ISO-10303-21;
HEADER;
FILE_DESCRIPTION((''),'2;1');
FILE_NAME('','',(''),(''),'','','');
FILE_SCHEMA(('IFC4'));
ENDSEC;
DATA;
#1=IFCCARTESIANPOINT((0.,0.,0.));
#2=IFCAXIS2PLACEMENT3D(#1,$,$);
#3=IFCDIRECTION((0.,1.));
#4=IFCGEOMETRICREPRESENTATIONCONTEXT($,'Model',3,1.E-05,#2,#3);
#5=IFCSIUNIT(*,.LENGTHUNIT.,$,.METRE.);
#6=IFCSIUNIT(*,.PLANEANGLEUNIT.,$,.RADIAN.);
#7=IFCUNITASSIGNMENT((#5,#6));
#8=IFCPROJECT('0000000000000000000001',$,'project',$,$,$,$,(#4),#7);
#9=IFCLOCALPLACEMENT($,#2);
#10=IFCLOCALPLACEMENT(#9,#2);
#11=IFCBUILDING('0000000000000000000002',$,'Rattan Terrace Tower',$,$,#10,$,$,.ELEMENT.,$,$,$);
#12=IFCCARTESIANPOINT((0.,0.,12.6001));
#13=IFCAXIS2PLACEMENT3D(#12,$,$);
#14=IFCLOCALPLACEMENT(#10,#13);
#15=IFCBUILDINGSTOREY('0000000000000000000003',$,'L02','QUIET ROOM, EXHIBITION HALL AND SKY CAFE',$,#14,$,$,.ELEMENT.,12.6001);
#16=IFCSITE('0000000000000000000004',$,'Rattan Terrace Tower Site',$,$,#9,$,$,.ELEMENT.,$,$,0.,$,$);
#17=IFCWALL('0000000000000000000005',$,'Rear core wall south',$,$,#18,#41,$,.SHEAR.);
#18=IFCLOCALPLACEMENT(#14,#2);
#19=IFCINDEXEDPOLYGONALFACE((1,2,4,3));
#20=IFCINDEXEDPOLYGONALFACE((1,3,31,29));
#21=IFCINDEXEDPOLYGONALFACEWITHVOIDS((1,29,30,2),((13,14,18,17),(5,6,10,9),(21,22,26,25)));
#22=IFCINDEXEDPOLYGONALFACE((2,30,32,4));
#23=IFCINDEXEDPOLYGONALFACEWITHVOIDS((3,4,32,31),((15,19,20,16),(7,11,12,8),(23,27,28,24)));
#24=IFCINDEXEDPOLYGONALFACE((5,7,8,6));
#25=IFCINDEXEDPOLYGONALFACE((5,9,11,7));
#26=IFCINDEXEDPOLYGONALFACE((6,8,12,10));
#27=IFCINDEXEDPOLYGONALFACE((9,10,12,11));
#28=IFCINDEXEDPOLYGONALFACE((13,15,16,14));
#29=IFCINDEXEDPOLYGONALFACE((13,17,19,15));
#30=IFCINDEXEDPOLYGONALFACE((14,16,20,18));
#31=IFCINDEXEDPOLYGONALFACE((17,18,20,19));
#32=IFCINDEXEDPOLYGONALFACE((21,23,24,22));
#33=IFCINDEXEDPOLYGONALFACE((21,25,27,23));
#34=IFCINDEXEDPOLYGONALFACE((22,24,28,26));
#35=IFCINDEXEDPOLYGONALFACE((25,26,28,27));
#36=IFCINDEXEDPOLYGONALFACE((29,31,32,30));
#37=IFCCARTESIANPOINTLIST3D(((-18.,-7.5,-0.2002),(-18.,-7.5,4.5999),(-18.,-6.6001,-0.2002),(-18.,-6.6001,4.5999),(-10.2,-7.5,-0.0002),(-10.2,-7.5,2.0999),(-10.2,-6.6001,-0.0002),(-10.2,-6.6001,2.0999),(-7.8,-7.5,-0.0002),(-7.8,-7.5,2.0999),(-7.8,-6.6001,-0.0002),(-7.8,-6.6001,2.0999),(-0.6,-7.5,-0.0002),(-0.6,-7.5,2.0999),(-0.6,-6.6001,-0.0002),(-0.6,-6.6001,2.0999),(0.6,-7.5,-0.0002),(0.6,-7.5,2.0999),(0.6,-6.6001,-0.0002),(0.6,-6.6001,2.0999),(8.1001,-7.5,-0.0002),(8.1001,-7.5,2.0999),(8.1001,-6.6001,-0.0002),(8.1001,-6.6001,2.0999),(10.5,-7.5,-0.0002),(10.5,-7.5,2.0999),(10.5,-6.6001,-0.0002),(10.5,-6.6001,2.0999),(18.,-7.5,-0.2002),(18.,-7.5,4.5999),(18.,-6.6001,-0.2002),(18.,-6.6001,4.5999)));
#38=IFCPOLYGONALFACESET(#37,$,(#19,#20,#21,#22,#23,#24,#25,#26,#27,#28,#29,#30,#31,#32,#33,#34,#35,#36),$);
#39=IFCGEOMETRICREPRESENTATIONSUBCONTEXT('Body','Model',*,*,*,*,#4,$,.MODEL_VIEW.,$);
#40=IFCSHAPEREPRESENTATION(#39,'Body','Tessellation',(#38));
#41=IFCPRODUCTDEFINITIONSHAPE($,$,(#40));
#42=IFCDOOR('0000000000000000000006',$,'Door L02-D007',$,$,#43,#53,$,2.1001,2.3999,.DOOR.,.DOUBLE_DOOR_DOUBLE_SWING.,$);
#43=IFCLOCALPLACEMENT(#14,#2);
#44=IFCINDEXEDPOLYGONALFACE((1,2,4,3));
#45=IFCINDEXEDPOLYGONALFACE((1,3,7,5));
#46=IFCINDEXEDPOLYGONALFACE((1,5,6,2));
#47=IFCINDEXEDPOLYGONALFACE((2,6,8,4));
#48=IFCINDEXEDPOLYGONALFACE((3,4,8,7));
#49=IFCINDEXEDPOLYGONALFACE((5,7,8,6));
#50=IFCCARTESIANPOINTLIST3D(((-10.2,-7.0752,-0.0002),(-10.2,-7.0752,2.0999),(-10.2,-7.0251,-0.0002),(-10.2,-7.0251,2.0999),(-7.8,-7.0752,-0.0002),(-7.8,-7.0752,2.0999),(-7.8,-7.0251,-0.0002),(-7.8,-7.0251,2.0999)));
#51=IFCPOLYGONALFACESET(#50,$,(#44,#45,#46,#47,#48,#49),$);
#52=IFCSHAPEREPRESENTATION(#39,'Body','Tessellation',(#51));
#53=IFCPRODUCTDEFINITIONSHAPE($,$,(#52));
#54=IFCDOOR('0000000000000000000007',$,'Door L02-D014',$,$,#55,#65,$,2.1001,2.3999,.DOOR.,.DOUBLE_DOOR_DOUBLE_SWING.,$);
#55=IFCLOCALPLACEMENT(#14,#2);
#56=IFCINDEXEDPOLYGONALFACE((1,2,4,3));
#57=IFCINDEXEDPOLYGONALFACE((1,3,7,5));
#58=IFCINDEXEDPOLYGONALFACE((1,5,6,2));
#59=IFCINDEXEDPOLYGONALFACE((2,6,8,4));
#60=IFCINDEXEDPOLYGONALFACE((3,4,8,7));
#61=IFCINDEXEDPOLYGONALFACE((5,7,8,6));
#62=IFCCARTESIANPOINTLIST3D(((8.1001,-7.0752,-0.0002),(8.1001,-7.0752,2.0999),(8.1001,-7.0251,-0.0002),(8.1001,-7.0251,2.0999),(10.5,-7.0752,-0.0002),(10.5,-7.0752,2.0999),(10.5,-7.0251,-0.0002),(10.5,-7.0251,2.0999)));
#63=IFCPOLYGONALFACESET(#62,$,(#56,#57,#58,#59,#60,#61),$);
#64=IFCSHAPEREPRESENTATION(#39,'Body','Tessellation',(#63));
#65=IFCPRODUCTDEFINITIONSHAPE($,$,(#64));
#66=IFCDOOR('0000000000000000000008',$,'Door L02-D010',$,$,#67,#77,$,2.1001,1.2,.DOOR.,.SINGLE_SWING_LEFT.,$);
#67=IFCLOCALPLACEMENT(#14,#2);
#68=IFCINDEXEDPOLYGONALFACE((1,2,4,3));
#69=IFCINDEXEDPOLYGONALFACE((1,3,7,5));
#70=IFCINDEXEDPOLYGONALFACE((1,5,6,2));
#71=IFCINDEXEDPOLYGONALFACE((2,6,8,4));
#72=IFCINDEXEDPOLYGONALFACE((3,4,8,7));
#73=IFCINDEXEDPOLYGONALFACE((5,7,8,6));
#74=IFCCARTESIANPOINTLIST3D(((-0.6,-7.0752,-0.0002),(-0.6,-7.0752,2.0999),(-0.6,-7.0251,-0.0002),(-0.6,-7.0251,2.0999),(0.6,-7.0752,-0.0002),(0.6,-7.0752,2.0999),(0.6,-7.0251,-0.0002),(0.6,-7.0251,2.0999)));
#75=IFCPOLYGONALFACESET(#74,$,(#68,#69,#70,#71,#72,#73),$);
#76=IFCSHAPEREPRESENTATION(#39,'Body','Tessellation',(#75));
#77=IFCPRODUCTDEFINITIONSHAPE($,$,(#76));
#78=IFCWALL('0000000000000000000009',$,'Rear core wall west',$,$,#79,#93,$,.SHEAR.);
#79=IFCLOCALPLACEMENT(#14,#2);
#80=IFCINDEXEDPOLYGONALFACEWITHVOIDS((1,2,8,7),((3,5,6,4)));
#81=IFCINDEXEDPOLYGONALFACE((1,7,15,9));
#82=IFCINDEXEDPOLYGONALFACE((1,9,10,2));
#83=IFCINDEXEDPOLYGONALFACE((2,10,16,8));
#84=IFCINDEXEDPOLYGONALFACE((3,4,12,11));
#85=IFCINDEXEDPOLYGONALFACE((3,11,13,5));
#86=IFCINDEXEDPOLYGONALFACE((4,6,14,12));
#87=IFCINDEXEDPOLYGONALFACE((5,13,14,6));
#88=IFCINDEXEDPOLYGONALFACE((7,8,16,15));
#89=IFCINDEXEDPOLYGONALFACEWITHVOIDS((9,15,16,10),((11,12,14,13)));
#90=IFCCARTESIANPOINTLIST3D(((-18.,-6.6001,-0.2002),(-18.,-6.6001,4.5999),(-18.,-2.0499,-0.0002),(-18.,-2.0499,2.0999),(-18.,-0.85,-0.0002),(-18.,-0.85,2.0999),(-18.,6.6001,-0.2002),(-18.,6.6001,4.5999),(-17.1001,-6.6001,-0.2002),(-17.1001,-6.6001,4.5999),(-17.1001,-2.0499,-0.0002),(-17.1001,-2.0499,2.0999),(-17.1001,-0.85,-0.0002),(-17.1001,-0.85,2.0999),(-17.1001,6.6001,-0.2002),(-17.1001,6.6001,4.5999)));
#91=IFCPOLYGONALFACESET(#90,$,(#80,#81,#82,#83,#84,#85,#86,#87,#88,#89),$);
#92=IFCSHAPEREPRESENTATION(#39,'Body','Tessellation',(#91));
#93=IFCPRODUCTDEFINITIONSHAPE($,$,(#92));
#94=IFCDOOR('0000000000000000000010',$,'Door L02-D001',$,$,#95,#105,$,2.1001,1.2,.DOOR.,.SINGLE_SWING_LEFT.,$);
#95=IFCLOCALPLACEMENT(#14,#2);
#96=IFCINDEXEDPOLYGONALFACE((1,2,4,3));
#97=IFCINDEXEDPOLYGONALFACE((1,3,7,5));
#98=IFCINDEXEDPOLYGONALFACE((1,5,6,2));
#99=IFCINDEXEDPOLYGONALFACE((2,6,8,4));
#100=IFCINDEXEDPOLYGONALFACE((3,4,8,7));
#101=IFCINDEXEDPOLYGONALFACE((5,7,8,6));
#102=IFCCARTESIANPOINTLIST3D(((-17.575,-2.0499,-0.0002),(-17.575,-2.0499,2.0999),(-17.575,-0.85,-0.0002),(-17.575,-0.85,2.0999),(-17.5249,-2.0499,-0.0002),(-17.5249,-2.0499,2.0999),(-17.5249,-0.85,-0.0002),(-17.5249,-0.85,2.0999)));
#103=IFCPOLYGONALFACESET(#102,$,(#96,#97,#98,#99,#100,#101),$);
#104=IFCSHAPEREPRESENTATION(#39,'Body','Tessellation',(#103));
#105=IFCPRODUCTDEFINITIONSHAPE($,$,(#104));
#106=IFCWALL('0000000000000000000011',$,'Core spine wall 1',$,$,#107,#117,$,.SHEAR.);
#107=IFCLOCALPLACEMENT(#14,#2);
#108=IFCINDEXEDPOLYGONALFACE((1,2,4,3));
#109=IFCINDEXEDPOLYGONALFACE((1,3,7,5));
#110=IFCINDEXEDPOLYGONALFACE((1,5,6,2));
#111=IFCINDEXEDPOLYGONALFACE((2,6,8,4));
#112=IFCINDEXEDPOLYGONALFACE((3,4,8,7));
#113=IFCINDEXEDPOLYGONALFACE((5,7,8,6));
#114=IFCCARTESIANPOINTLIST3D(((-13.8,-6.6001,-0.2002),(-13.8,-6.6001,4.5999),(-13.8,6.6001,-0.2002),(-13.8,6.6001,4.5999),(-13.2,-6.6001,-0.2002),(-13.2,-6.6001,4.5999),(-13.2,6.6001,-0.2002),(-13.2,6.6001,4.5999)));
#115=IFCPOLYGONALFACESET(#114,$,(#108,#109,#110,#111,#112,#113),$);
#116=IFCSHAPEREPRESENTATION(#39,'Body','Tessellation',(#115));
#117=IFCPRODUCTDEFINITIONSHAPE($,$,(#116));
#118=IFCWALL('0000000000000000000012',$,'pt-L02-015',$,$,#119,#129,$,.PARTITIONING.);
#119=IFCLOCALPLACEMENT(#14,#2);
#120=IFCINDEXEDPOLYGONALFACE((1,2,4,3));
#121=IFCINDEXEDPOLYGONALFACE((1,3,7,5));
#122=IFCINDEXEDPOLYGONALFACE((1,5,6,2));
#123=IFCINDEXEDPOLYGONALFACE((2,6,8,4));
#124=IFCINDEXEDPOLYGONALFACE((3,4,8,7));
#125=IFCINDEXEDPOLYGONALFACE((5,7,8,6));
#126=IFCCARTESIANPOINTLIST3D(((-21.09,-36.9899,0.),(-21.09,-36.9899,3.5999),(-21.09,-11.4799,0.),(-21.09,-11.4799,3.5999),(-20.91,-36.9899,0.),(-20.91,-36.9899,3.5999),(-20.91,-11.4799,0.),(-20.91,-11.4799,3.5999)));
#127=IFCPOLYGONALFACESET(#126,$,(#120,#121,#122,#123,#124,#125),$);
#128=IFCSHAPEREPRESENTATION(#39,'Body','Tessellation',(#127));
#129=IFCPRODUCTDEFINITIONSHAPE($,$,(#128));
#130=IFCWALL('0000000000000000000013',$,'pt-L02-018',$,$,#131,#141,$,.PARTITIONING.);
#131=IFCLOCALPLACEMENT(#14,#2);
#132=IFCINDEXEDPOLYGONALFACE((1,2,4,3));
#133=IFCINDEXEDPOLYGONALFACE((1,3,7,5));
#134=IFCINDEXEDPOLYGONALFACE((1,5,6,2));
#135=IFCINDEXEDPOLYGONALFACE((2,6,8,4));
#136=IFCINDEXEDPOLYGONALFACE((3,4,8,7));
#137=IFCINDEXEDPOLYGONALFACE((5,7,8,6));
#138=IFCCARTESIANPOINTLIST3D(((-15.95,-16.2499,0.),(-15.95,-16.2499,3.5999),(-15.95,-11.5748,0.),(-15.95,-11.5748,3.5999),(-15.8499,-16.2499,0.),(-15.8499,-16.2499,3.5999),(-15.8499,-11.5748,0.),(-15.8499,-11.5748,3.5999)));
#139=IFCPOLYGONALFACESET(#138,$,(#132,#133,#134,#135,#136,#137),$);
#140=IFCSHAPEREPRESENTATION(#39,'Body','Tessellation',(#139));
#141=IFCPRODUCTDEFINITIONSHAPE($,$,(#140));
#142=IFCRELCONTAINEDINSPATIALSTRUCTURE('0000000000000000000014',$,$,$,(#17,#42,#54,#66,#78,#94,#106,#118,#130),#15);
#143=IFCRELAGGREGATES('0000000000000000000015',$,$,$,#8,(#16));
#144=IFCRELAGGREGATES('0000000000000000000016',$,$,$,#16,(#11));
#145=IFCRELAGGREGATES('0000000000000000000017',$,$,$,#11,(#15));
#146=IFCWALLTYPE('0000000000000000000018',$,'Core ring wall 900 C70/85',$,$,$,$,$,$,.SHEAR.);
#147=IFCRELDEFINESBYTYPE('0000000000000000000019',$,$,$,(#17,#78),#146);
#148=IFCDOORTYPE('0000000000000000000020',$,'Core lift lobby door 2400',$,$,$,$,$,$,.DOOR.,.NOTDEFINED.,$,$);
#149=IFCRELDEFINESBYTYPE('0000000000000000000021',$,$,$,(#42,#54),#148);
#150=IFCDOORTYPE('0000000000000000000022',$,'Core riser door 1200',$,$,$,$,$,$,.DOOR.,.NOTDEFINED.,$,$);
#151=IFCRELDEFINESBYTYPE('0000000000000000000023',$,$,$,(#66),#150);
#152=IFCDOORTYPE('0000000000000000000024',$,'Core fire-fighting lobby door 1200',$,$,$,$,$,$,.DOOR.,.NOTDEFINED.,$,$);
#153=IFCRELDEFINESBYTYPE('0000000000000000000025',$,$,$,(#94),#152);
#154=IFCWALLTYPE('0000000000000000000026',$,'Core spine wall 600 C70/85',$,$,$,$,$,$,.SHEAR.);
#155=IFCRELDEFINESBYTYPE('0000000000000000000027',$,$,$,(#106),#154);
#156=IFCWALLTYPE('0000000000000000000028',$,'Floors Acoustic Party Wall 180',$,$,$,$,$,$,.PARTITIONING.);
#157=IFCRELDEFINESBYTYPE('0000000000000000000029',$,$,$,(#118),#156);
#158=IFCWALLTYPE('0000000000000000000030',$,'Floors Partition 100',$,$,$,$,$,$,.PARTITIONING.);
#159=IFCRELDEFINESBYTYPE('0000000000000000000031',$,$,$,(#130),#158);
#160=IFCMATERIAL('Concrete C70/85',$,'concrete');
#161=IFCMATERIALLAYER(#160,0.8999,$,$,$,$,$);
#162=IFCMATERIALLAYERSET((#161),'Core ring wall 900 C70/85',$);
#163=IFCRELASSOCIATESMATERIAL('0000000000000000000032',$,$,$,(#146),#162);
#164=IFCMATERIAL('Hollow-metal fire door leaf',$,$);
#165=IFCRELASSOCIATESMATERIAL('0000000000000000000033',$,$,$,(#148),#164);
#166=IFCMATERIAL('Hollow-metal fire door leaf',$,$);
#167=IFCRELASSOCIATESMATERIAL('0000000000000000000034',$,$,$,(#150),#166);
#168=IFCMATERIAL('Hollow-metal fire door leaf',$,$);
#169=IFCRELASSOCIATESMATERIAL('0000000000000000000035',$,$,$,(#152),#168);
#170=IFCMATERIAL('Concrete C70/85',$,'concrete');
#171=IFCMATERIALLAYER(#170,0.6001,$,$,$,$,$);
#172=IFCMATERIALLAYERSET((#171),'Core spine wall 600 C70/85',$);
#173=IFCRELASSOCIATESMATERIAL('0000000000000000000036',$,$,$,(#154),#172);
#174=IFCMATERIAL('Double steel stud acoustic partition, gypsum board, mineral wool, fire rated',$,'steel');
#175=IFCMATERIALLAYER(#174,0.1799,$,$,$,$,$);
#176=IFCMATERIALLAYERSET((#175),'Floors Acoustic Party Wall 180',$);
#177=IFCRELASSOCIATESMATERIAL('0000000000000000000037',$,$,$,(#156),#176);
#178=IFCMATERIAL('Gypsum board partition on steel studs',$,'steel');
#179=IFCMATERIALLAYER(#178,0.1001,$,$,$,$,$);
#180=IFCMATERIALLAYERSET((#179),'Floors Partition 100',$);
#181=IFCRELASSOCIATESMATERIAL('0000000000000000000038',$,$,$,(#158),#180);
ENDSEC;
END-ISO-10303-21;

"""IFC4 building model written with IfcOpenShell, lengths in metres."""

from ifc_helpers import new_model, si_unit, direction, frame, frame_2d, origin, place, context, subcontext, project, spatial, rectangle, extrude, material, layer, layer_set, type_object, element, fill, save


model = new_model("IFC4")

# Units and contexts
model_context = context("Model", 3, precision=1e-05, world=origin(), true_north=direction((0.0, 1.0)))
body_context = subcontext(model_context, "Body", "Model", "MODEL_VIEW")
ifc_project = project(units=[si_unit("LENGTHUNIT", "METRE"), si_unit("PLANEANGLEUNIT", "RADIAN")], contexts=[model_context])

# Site, building, storey
site_placement = place(None, origin())
site = spatial("IfcSite", under=ifc_project, at=site_placement, Name="Rattan Terrace Tower Site", CompositionType="ELEMENT", RefElevation=0.0)
building_placement = place(site_placement, origin())
building = spatial("IfcBuilding", under=site, at=building_placement, Name="Rattan Terrace Tower", CompositionType="ELEMENT")
storey_placement = place(building_placement, frame((0.0, 0.0, 12.6001)))
storey = spatial("IfcBuildingStorey", under=building, at=storey_placement, Name="L02", Description="QUIET ROOM, EXHIBITION HALL AND SKY CAFE", CompositionType="ELEMENT", Elevation=12.6001)

# Wall, openings, doors
ifc_material_1 = material(Name="Concrete C70/85", Category="concrete")
ifc_layer_1 = layer(ifc_material_1, 0.8999)
ifc_layer_set_1 = layer_set([ifc_layer_1], Name="Core ring wall 900 C70/85")
wall_type_1 = type_object("IfcWallType", Name="Core ring wall 900 C70/85", PredefinedType="SHEAR", material=ifc_layer_set_1)
wall_1_placement = place(storey_placement, frame((-18.0, -7.05, -0.2002), z_axis=(0.0, 0.0, 1.0), x_axis=(1.0, 0.0, 0.0)))
wall_1 = element("IfcWall", 1, at=wall_1_placement, inside=storey, type_object=wall_type_1, Name="Rear core wall south", PredefinedType="SHEAR", context=body_context, shape_type="SweptSolid", body=[
    extrude(rectangle(XDim=36.0, YDim=0.8999, at=frame_2d((18.0, 0.0))), origin(), (0.0, 0.0, 1.0), 4.8),
])
opening_1_placement = place(wall_1_placement, frame((7.8, 0.0, 0.2)))
opening_1 = element("IfcOpeningElement", 2, at=opening_1_placement, cuts=wall_1, PredefinedType="OPENING", context=body_context, shape_type="SweptSolid", body=[
    extrude(rectangle(XDim=2.3999, YDim=2.1001, at=frame_2d((1.2, 1.05))), frame((0.0, 0.4604, 0.0), z_axis=(0.0, -1.0, 0.0), x_axis=(1.0, 0.0, 0.0)), (0.0, 0.0, 1.0), 0.9209),
])
opening_2_placement = place(wall_1_placement, frame((17.3999, 0.0, 0.2)))
opening_2 = element("IfcOpeningElement", 3, at=opening_2_placement, cuts=wall_1, PredefinedType="OPENING", context=body_context, shape_type="SweptSolid", body=[
    extrude(rectangle(XDim=1.2, YDim=2.1001, at=frame_2d((0.6001, 1.05))), frame((0.0, 0.4604, 0.0), z_axis=(0.0, -1.0, 0.0), x_axis=(1.0, 0.0, 0.0)), (0.0, 0.0, 1.0), 0.9209),
])
opening_3_placement = place(wall_1_placement, frame((26.1001, 0.0, 0.2)))
opening_3 = element("IfcOpeningElement", 4, at=opening_3_placement, cuts=wall_1, PredefinedType="OPENING", context=body_context, shape_type="SweptSolid", body=[
    extrude(rectangle(XDim=2.3999, YDim=2.1001, at=frame_2d((1.2, 1.05))), frame((0.0, 0.4604, 0.0), z_axis=(0.0, -1.0, 0.0), x_axis=(1.0, 0.0, 0.0)), (0.0, 0.0, 1.0), 0.9209),
])
ifc_material_2 = material(Name="Hollow-metal fire door leaf")
door_type_1 = type_object("IfcDoorType", Name="Core lift lobby door 2400", OperationType="NOTDEFINED", PredefinedType="DOOR", material=ifc_material_2)
door_1_placement = place(opening_1_placement, origin())
door_1 = element("IfcDoor", 5, at=door_1_placement, inside=storey, type_object=door_type_1, Name="Door L02-D007", OperationType="DOUBLE_DOOR_DOUBLE_SWING", OverallHeight=2.1001, OverallWidth=2.3999, PredefinedType="DOOR", context=body_context, shape_type="SweptSolid", body=[
    extrude(rectangle(XDim=2.3999, YDim=2.1001, at=frame_2d((1.2, 1.05))), frame((0.0, 0.0249, 0.0), z_axis=(0.0, -1.0, 0.0), x_axis=(1.0, 0.0, 0.0)), (0.0, 0.0, 1.0), 0.05),
])
fill(opening_1, door_1)
door_2_placement = place(opening_3_placement, origin())
door_2 = element("IfcDoor", 6, at=door_2_placement, inside=storey, type_object=door_type_1, Name="Door L02-D014", OperationType="DOUBLE_DOOR_DOUBLE_SWING", OverallHeight=2.1001, OverallWidth=2.3999, PredefinedType="DOOR", context=body_context, shape_type="SweptSolid", body=[
    extrude(rectangle(XDim=2.3999, YDim=2.1001, at=frame_2d((1.2, 1.05))), frame((0.0, 0.0249, 0.0), z_axis=(0.0, -1.0, 0.0), x_axis=(1.0, 0.0, 0.0)), (0.0, 0.0, 1.0), 0.05),
])
fill(opening_3, door_2)
ifc_material_3 = material(Name="Hollow-metal fire door leaf")
door_type_2 = type_object("IfcDoorType", Name="Core riser door 1200", OperationType="NOTDEFINED", PredefinedType="DOOR", material=ifc_material_3)
door_3_placement = place(opening_2_placement, origin())
door_3 = element("IfcDoor", 7, at=door_3_placement, inside=storey, type_object=door_type_2, Name="Door L02-D010", OperationType="SINGLE_SWING_LEFT", OverallHeight=2.1001, OverallWidth=1.2, PredefinedType="DOOR", context=body_context, shape_type="SweptSolid", body=[
    extrude(rectangle(XDim=1.2, YDim=2.1001, at=frame_2d((0.6001, 1.05))), frame((0.0, 0.0249, 0.0), z_axis=(0.0, -1.0, 0.0), x_axis=(1.0, 0.0, 0.0)), (0.0, 0.0, 1.0), 0.05),
])
fill(opening_2, door_3)

# Wall, opening, door
wall_2_placement = place(storey_placement, frame((-17.55, -6.6001, -0.2002), z_axis=(0.0, 0.0, 1.0), x_axis=(0.0, 1.0, 0.0)))
wall_2 = element("IfcWall", 8, at=wall_2_placement, inside=storey, type_object=wall_type_1, Name="Rear core wall west", PredefinedType="SHEAR", context=body_context, shape_type="SweptSolid", body=[
    extrude(rectangle(XDim=13.2002, YDim=0.8999, at=frame_2d((6.6001, 0.0))), origin(), (0.0, 0.0, 1.0), 4.8),
])
opening_4_placement = place(wall_2_placement, frame((4.55, 0.0, 0.2)))
opening_4 = element("IfcOpeningElement", 9, at=opening_4_placement, cuts=wall_2, PredefinedType="OPENING", context=body_context, shape_type="SweptSolid", body=[
    extrude(rectangle(XDim=1.2, YDim=2.1001, at=frame_2d((0.6001, 1.05))), frame((0.0, 0.4604, 0.0), z_axis=(0.0, -1.0, 0.0), x_axis=(1.0, 0.0, 0.0)), (0.0, 0.0, 1.0), 0.9209),
])
ifc_material_4 = material(Name="Hollow-metal fire door leaf")
door_type_3 = type_object("IfcDoorType", Name="Core fire-fighting lobby door 1200", OperationType="NOTDEFINED", PredefinedType="DOOR", material=ifc_material_4)
door_4_placement = place(opening_4_placement, origin())
door_4 = element("IfcDoor", 10, at=door_4_placement, inside=storey, type_object=door_type_3, Name="Door L02-D001", OperationType="SINGLE_SWING_LEFT", OverallHeight=2.1001, OverallWidth=1.2, PredefinedType="DOOR", context=body_context, shape_type="SweptSolid", body=[
    extrude(rectangle(XDim=1.2, YDim=2.1001, at=frame_2d((0.6001, 1.05))), frame((0.0, 0.0249, 0.0), z_axis=(0.0, -1.0, 0.0), x_axis=(1.0, 0.0, 0.0)), (0.0, 0.0, 1.0), 0.05),
])
fill(opening_4, door_4)

# Walls
ifc_material_5 = material(Name="Concrete C70/85", Category="concrete")
ifc_layer_2 = layer(ifc_material_5, 0.6001)
ifc_layer_set_2 = layer_set([ifc_layer_2], Name="Core spine wall 600 C70/85")
wall_type_2 = type_object("IfcWallType", Name="Core spine wall 600 C70/85", PredefinedType="SHEAR", material=ifc_layer_set_2)
wall_3_placement = place(storey_placement, frame((-13.5, -6.6001, -0.2002), z_axis=(0.0, 0.0, 1.0), x_axis=(0.0, 1.0, 0.0)))
element("IfcWall", 11, at=wall_3_placement, inside=storey, type_object=wall_type_2, Name="Core spine wall 1", PredefinedType="SHEAR", context=body_context, shape_type="SweptSolid", body=[
    extrude(rectangle(XDim=13.2002, YDim=0.6001, at=frame_2d((6.6001, 0.0))), origin(), (0.0, 0.0, 1.0), 4.8),
])
ifc_material_6 = material(Name="Double steel stud acoustic partition, gypsum board, mineral wool, fire rated", Category="steel")
ifc_layer_3 = layer(ifc_material_6, 0.1799)
ifc_layer_set_3 = layer_set([ifc_layer_3], Name="Floors Acoustic Party Wall 180")
wall_type_3 = type_object("IfcWallType", Name="Floors Acoustic Party Wall 180", PredefinedType="PARTITIONING", material=ifc_layer_set_3)
wall_4_placement = place(storey_placement, frame((-21.0, -11.48, 0.0), z_axis=(0.0, 0.0, 1.0), x_axis=(0.0, -1.0, 0.0)))
element("IfcWall", 12, at=wall_4_placement, inside=storey, type_object=wall_type_3, Name="pt-L02-015", PredefinedType="PARTITIONING", context=body_context, shape_type="SweptSolid", body=[
    extrude(rectangle(XDim=25.51, YDim=0.1799, at=frame_2d((12.7549, 0.0))), origin(), (0.0, 0.0, 1.0), 3.5999),
])
ifc_material_7 = material(Name="Gypsum board partition on steel studs", Category="steel")
ifc_layer_4 = layer(ifc_material_7, 0.1001)
ifc_layer_set_4 = layer_set([ifc_layer_4], Name="Floors Partition 100")
wall_type_4 = type_object("IfcWallType", Name="Floors Partition 100", PredefinedType="PARTITIONING", material=ifc_layer_set_4)
wall_5_placement = place(storey_placement, frame((-15.8999, -11.575, 0.0), z_axis=(0.0, 0.0, 1.0), x_axis=(0.0, -1.0, 0.0)))
element("IfcWall", 13, at=wall_5_placement, inside=storey, type_object=wall_type_4, Name="pt-L02-018", PredefinedType="PARTITIONING", context=body_context, shape_type="SweptSolid", body=[
    extrude(rectangle(XDim=4.675, YDim=0.1001, at=frame_2d((2.3374, 0.0))), origin(), (0.0, 0.0, 1.0), 3.5999),
])

save(model, "model.ifc")
